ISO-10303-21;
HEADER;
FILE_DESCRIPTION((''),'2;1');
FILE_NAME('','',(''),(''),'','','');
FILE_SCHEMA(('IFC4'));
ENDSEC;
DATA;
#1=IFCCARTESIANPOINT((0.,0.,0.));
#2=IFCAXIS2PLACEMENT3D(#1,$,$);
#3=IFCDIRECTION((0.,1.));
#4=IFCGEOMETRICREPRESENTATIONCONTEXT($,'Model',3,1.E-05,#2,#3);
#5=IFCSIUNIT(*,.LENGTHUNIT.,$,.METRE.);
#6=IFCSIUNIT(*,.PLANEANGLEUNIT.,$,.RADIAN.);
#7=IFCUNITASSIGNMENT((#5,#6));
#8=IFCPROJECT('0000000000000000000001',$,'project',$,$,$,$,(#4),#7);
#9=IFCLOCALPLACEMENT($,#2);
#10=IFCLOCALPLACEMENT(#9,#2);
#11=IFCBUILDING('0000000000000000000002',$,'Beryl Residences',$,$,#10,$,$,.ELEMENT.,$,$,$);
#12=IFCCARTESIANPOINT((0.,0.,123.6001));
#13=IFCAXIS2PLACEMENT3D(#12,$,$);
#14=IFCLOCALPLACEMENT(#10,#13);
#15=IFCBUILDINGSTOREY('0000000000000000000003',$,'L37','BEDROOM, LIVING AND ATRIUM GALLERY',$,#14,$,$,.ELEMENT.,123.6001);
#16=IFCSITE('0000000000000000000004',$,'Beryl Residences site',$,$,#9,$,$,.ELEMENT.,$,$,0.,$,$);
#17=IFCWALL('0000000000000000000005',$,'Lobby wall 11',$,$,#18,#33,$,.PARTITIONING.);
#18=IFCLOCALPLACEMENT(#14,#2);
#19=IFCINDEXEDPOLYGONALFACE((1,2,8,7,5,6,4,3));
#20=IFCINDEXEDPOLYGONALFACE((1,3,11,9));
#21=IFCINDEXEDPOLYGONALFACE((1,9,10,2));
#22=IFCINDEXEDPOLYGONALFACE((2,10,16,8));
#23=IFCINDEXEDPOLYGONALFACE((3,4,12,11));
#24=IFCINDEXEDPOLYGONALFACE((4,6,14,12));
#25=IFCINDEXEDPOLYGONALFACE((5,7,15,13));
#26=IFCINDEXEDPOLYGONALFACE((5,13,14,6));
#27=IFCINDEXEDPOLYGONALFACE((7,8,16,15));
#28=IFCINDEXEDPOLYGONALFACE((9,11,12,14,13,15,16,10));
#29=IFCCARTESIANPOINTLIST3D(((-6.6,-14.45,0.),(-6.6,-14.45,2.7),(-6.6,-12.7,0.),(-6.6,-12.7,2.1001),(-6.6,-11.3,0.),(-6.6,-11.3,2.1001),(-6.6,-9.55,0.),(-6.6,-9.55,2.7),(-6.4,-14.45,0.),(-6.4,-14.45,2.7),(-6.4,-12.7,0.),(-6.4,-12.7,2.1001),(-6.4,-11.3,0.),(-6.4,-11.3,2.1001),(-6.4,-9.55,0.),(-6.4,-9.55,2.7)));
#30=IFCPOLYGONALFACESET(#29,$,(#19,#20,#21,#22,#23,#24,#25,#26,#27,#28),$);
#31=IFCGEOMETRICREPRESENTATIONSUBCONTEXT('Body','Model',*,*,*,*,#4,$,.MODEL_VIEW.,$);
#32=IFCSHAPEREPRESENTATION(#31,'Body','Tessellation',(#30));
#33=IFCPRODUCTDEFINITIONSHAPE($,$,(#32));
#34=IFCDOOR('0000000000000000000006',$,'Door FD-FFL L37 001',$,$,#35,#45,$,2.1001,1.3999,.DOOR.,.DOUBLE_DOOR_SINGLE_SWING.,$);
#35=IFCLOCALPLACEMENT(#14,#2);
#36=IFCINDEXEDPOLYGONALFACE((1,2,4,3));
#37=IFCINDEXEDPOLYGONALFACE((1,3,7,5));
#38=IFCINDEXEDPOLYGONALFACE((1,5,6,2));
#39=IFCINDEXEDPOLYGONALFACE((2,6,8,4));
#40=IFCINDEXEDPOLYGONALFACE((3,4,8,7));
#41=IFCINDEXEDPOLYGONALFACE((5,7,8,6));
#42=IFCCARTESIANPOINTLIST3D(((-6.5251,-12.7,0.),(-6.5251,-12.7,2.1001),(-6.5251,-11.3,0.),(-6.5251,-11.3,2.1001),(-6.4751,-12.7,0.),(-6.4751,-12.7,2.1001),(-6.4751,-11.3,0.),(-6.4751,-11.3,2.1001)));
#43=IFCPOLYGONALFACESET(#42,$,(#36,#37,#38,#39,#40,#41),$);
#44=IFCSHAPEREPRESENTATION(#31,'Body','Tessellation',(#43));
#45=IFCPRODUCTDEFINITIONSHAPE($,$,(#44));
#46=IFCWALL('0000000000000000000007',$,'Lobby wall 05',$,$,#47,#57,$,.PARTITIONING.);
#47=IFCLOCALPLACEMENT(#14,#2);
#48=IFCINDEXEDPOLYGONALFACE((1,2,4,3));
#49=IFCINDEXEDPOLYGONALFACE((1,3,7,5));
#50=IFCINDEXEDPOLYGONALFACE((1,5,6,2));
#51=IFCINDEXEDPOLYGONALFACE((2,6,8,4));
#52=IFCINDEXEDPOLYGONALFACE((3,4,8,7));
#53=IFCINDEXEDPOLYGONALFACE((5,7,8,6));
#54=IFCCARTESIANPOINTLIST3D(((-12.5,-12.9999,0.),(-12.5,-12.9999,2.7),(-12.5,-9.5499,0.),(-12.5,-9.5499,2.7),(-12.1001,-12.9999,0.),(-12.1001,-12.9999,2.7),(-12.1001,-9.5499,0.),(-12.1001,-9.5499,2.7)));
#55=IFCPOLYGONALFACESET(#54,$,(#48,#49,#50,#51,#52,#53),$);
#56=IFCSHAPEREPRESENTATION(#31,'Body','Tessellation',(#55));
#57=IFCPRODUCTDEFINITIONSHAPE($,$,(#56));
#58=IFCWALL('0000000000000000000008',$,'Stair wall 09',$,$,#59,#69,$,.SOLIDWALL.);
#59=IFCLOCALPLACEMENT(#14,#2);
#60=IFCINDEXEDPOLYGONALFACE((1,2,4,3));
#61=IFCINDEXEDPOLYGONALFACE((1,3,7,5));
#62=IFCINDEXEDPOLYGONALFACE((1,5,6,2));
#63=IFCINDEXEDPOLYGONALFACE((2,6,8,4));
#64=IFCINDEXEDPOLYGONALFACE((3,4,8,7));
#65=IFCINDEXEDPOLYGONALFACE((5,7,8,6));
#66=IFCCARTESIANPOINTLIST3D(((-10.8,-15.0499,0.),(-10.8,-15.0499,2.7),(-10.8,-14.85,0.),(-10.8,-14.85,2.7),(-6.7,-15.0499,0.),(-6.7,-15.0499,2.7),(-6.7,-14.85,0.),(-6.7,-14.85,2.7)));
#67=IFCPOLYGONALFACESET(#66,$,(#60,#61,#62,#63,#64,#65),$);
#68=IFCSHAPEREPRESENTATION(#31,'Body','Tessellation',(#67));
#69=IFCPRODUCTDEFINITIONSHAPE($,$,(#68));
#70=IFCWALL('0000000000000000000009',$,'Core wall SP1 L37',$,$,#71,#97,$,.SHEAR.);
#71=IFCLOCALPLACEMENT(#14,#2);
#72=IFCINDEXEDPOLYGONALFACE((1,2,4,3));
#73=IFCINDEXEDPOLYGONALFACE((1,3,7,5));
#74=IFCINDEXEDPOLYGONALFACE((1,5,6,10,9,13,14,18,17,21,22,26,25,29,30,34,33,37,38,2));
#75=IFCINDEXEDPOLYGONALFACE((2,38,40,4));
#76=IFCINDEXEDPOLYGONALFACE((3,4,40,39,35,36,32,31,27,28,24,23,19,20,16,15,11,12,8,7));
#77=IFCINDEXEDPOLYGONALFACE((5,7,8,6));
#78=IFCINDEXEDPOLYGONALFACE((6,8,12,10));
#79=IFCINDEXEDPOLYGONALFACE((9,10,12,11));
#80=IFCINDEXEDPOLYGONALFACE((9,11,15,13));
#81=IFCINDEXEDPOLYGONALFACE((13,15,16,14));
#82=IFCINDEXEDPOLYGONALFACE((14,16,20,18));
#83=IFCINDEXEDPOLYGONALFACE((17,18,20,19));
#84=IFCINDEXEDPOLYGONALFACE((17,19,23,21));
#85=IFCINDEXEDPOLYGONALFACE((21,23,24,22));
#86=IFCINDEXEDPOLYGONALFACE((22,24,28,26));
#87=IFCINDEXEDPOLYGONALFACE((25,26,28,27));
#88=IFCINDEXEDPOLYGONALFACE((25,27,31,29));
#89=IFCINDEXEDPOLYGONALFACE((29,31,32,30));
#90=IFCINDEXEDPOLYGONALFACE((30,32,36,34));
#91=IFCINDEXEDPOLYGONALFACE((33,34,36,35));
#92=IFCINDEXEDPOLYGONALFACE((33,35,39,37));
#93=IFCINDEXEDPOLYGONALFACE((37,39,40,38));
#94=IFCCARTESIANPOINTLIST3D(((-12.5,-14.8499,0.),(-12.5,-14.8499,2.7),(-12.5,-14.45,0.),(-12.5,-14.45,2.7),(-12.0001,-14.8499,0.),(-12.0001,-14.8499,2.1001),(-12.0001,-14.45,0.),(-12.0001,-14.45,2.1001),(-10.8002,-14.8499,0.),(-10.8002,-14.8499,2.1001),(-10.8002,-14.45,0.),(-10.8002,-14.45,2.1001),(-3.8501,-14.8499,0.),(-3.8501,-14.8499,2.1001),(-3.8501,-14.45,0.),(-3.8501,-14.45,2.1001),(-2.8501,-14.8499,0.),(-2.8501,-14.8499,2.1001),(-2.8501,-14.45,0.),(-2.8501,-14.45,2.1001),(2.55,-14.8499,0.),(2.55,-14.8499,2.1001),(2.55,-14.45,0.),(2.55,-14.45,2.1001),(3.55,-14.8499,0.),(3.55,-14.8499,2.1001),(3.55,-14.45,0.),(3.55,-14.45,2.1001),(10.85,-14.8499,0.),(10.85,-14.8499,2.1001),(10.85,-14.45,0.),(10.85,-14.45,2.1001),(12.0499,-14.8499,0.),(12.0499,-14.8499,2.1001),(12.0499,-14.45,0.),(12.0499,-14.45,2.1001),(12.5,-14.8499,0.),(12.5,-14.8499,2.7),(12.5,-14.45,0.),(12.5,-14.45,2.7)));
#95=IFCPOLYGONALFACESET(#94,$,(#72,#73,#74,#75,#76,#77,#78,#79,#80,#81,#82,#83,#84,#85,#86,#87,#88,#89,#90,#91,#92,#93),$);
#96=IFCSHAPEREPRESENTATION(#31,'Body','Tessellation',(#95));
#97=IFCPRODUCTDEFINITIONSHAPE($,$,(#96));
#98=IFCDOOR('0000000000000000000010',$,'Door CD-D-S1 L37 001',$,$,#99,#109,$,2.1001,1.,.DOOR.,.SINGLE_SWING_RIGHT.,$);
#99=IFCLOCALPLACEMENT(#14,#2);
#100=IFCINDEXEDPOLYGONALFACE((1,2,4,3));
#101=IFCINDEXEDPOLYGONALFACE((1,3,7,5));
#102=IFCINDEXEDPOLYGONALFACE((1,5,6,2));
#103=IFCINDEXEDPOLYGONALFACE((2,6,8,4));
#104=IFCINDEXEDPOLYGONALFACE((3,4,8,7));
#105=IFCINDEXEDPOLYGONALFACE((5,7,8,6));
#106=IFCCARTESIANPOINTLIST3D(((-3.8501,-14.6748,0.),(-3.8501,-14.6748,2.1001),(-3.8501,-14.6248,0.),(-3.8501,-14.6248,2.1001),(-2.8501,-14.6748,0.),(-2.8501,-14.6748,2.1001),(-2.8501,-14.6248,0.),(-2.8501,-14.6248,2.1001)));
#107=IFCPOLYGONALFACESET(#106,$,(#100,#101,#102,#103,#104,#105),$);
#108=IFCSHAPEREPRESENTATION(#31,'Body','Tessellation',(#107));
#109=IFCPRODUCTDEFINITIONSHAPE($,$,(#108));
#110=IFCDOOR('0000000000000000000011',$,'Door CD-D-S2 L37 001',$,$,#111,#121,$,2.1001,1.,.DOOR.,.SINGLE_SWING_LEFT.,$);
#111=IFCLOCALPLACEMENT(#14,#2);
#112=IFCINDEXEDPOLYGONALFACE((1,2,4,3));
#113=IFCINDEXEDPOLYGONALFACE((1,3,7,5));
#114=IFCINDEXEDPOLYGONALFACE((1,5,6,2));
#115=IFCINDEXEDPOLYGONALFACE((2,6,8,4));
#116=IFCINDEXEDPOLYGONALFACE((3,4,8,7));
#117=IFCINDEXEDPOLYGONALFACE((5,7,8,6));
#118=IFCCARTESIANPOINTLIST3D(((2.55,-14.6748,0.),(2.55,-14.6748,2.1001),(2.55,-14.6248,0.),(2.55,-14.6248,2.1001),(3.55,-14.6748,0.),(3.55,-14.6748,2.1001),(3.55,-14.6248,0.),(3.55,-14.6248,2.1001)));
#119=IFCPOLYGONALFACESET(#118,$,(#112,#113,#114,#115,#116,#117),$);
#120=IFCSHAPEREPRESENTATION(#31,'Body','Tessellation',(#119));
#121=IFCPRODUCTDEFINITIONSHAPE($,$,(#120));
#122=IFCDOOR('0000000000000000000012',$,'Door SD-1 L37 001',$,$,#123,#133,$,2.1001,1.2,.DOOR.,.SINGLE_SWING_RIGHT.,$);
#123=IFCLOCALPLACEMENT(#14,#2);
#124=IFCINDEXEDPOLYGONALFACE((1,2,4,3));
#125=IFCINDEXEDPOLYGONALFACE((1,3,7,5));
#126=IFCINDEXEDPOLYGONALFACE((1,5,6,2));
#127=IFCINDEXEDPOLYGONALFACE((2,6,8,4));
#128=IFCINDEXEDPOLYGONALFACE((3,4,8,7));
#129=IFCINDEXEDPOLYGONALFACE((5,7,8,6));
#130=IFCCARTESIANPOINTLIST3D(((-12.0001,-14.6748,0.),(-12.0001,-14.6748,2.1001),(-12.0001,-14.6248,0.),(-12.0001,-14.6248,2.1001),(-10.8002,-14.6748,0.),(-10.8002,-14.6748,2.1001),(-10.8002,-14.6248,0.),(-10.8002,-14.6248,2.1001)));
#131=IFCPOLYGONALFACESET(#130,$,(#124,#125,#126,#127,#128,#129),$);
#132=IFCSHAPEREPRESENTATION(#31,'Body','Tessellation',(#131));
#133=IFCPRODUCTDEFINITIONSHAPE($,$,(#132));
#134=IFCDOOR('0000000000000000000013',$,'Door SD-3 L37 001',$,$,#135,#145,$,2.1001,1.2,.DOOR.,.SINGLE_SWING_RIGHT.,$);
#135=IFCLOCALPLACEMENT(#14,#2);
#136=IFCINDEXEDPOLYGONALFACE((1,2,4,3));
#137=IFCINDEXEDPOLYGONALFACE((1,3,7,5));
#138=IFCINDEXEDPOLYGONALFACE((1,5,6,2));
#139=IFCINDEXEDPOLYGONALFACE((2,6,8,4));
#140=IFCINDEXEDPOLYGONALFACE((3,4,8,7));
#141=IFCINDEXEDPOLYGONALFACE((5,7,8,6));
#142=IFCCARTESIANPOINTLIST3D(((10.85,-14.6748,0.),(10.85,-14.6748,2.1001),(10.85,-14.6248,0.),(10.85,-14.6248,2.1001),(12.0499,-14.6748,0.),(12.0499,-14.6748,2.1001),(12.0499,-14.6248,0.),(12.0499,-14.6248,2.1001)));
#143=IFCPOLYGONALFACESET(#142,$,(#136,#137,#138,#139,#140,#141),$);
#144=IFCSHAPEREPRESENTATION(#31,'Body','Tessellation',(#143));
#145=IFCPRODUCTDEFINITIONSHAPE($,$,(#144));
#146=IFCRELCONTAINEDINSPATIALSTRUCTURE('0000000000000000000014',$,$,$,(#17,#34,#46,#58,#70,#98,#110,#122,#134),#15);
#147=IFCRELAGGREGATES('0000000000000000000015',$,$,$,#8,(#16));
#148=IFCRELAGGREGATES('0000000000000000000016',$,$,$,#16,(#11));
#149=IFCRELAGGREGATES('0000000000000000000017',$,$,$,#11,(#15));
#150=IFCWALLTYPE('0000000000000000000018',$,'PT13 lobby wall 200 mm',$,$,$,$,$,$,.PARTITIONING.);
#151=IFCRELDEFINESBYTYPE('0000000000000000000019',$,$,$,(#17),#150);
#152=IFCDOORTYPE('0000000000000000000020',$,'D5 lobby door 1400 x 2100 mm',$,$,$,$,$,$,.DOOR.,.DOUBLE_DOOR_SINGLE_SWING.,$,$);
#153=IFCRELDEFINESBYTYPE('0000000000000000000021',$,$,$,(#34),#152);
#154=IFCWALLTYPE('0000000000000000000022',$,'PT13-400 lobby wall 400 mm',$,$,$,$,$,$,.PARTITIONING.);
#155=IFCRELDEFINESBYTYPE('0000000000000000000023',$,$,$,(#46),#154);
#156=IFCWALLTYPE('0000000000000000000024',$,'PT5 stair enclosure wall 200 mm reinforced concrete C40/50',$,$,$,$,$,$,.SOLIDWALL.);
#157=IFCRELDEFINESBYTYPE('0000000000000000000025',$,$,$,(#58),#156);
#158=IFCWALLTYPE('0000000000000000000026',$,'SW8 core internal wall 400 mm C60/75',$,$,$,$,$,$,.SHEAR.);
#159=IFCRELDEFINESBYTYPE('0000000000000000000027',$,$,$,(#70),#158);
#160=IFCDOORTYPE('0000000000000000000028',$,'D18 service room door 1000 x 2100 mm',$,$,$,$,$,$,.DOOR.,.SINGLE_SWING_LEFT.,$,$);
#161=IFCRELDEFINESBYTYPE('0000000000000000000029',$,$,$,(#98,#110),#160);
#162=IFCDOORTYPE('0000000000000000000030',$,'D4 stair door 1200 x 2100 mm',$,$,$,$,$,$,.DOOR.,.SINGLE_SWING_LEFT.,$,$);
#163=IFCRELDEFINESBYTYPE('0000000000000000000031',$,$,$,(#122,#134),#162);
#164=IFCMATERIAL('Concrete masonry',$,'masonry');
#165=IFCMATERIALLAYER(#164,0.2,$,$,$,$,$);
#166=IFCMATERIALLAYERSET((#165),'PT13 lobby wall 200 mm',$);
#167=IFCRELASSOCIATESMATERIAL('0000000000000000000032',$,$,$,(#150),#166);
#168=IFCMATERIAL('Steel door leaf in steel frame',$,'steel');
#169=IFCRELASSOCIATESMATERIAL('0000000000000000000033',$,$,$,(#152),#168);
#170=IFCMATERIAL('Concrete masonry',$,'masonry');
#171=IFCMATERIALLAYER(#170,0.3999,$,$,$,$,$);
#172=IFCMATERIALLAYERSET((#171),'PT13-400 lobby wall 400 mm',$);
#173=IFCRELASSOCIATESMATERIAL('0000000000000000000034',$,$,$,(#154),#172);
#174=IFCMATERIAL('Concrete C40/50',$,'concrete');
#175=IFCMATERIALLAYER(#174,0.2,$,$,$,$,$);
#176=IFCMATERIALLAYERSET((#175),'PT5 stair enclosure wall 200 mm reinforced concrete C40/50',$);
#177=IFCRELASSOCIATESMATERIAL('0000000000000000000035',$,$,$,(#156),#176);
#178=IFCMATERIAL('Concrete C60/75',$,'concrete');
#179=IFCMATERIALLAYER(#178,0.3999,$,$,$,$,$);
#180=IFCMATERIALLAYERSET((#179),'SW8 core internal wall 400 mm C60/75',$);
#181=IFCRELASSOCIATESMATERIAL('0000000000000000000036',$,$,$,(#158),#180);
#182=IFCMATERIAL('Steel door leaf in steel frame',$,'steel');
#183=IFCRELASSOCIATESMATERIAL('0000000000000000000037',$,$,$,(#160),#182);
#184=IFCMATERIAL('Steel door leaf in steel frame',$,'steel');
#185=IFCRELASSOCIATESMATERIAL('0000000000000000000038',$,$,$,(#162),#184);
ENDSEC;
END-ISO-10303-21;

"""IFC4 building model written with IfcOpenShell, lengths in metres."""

from ifc_helpers import new_model, si_unit, direction, frame, frame_2d, origin, place, context, subcontext, project, spatial, rectangle, extrude, material, layer, layer_set, type_object, element, fill, save


model = new_model("IFC4")

# Units and contexts
model_context = context("Model", 3, precision=1e-05, world=origin(), true_north=direction((0.0, 1.0)))
body_context = subcontext(model_context, "Body", "Model", "MODEL_VIEW")
ifc_project = project(units=[si_unit("LENGTHUNIT", "METRE"), si_unit("PLANEANGLEUNIT", "RADIAN")], contexts=[model_context])

# Site, building, storey
site_placement = place(None, origin())
site = spatial("IfcSite", under=ifc_project, at=site_placement, Name="Beryl Residences site", CompositionType="ELEMENT", RefElevation=0.0)
building_placement = place(site_placement, origin())
building = spatial("IfcBuilding", under=site, at=building_placement, Name="Beryl Residences", CompositionType="ELEMENT")
storey_placement = place(building_placement, frame((0.0, 0.0, 123.6001)))
storey = spatial("IfcBuildingStorey", under=building, at=storey_placement, Name="L37", Description="BEDROOM, LIVING AND ATRIUM GALLERY", CompositionType="ELEMENT", Elevation=123.6001)

# Wall, opening, door
ifc_material_1 = material(Name="Concrete masonry", Category="masonry")
ifc_layer_1 = layer(ifc_material_1, 0.2)
ifc_layer_set_1 = layer_set([ifc_layer_1], Name="PT13 lobby wall 200 mm")
wall_type_1 = type_object("IfcWallType", Name="PT13 lobby wall 200 mm", PredefinedType="PARTITIONING", material=ifc_layer_set_1)
wall_1_placement = place(storey_placement, frame((-6.5, -14.45, 0.0), z_axis=(0.0, 0.0, 1.0), x_axis=(0.0, 1.0, 0.0)))
wall_1 = element("IfcWall", 1, at=wall_1_placement, inside=storey, type_object=wall_type_1, Name="Lobby wall 11", PredefinedType="PARTITIONING", context=body_context, shape_type="SweptSolid", body=[
    extrude(rectangle(XDim=4.8999, YDim=0.2, at=frame_2d((2.45, 0.0))), origin(), (0.0, 0.0, 1.0), 2.7),
])
opening_1_placement = place(wall_1_placement, frame((3.1499, 0.0, 0.0), z_axis=(0.0, 0.0, 1.0), x_axis=(-1.0, 0.0, 0.0)))
opening_1 = element("IfcOpeningElement", 2, at=opening_1_placement, cuts=wall_1, PredefinedType="OPENING", context=body_context, shape_type="SweptSolid", body=[
    extrude(rectangle(XDim=1.3999, YDim=2.1001, at=frame_2d((0.7, 1.05))), frame((0.0, 0.1099, 0.0), z_axis=(0.0, -1.0, 0.0), x_axis=(1.0, 0.0, 0.0)), (0.0, 0.0, 1.0), 0.22),
])
ifc_material_2 = material(Name="Steel door leaf in steel frame", Category="steel")
door_type_1 = type_object("IfcDoorType", Name="D5 lobby door 1400 x 2100 mm", OperationType="DOUBLE_DOOR_SINGLE_SWING", PredefinedType="DOOR", material=ifc_material_2)
door_1_placement = place(opening_1_placement, origin())
door_1 = element("IfcDoor", 3, at=door_1_placement, inside=storey, type_object=door_type_1, Name="Door FD-FFL L37 001", OperationType="DOUBLE_DOOR_SINGLE_SWING", OverallHeight=2.1001, OverallWidth=1.3999, PredefinedType="DOOR", context=body_context, shape_type="SweptSolid", body=[
    extrude(rectangle(XDim=1.3999, YDim=2.1001, at=frame_2d((0.7, 1.05))), frame((0.0, 0.0249, 0.0), z_axis=(0.0, -1.0, 0.0), x_axis=(1.0, 0.0, 0.0)), (0.0, 0.0, 1.0), 0.05),
])
fill(opening_1, door_1)

# Walls
ifc_material_3 = material(Name="Concrete masonry", Category="masonry")
ifc_layer_2 = layer(ifc_material_3, 0.3999)
ifc_layer_set_2 = layer_set([ifc_layer_2], Name="PT13-400 lobby wall 400 mm")
wall_type_2 = type_object("IfcWallType", Name="PT13-400 lobby wall 400 mm", PredefinedType="PARTITIONING", material=ifc_layer_set_2)
wall_2_placement = place(storey_placement, frame((-12.3, -13.0, 0.0), z_axis=(0.0, 0.0, 1.0), x_axis=(0.0, 1.0, 0.0)))
element("IfcWall", 4, at=wall_2_placement, inside=storey, type_object=wall_type_2, Name="Lobby wall 05", PredefinedType="PARTITIONING", context=body_context, shape_type="SweptSolid", body=[
    extrude(rectangle(XDim=3.45, YDim=0.3999, at=frame_2d((1.7251, 0.0))), origin(), (0.0, 0.0, 1.0), 2.7),
])
ifc_material_4 = material(Name="Concrete C40/50", Category="concrete")
ifc_layer_3 = layer(ifc_material_4, 0.2)
ifc_layer_set_3 = layer_set([ifc_layer_3], Name="PT5 stair enclosure wall 200 mm reinforced concrete C40/50")
wall_type_3 = type_object("IfcWallType", Name="PT5 stair enclosure wall 200 mm reinforced concrete C40/50", PredefinedType="SOLIDWALL", material=ifc_layer_set_3)
wall_3_placement = place(storey_placement, frame((-10.8, -14.95, 0.0), z_axis=(0.0, 0.0, 1.0), x_axis=(1.0, 0.0, 0.0)))
element("IfcWall", 5, at=wall_3_placement, inside=storey, type_object=wall_type_3, Name="Stair wall 09", PredefinedType="SOLIDWALL", context=body_context, shape_type="SweptSolid", body=[
    extrude(rectangle(XDim=4.1001, YDim=0.2, at=frame_2d((2.05, 0.0))), origin(), (0.0, 0.0, 1.0), 2.7),
])

# Wall, openings, doors
ifc_material_5 = material(Name="Concrete C60/75", Category="concrete")
ifc_layer_4 = layer(ifc_material_5, 0.3999)
ifc_layer_set_4 = layer_set([ifc_layer_4], Name="SW8 core internal wall 400 mm C60/75")
wall_type_4 = type_object("IfcWallType", Name="SW8 core internal wall 400 mm C60/75", PredefinedType="SHEAR", material=ifc_layer_set_4)
wall_4_placement = place(storey_placement, frame((-12.5, -14.6499, 0.0), z_axis=(0.0, 0.0, 1.0), x_axis=(1.0, 0.0, 0.0)))
wall_4 = element("IfcWall", 6, at=wall_4_placement, inside=storey, type_object=wall_type_4, Name="Core wall SP1 L37", PredefinedType="SHEAR", context=body_context, shape_type="SweptSolid", body=[
    extrude(rectangle(XDim=25.0, YDim=0.3999, at=frame_2d((12.5, 0.0))), origin(), (0.0, 0.0, 1.0), 2.7),
])
opening_2_placement = place(wall_4_placement, frame((1.7, 0.0, 0.0), z_axis=(0.0, 0.0, 1.0), x_axis=(-1.0, 0.0, 0.0)))
opening_2 = element("IfcOpeningElement", 7, at=opening_2_placement, cuts=wall_4, PredefinedType="OPENING", context=body_context, shape_type="SweptSolid", body=[
    extrude(rectangle(XDim=1.2, YDim=2.1001, at=frame_2d((0.6001, 1.05))), frame((0.0, 0.21, 0.0), z_axis=(0.0, -1.0, 0.0), x_axis=(1.0, 0.0, 0.0)), (0.0, 0.0, 1.0), 0.4199),
])
opening_3_placement = place(wall_4_placement, frame((24.55, 0.0, 0.0), z_axis=(0.0, 0.0, 1.0), x_axis=(-1.0, 0.0, 0.0)))
opening_3 = element("IfcOpeningElement", 8, at=opening_3_placement, cuts=wall_4, PredefinedType="OPENING", context=body_context, shape_type="SweptSolid", body=[
    extrude(rectangle(XDim=1.2, YDim=2.1001, at=frame_2d((0.6001, 1.05))), frame((0.0, 0.21, 0.0), z_axis=(0.0, -1.0, 0.0), x_axis=(1.0, 0.0, 0.0)), (0.0, 0.0, 1.0), 0.4199),
])
opening_4_placement = place(wall_4_placement, frame((9.6499, 0.0, 0.0), z_axis=(0.0, 0.0, 1.0), x_axis=(-1.0, 0.0, 0.0)))
opening_4 = element("IfcOpeningElement", 9, at=opening_4_placement, cuts=wall_4, PredefinedType="OPENING", context=body_context, shape_type="SweptSolid", body=[
    extrude(rectangle(XDim=1.0, YDim=2.1001, at=frame_2d((0.5, 1.05))), frame((0.0, 0.21, 0.0), z_axis=(0.0, -1.0, 0.0), x_axis=(1.0, 0.0, 0.0)), (0.0, 0.0, 1.0), 0.4199),
])
opening_5_placement = place(wall_4_placement, frame((16.05, 0.0, 0.0), z_axis=(0.0, 0.0, 1.0), x_axis=(-1.0, 0.0, 0.0)))
opening_5 = element("IfcOpeningElement", 10, at=opening_5_placement, cuts=wall_4, PredefinedType="OPENING", context=body_context, shape_type="SweptSolid", body=[
    extrude(rectangle(XDim=1.0, YDim=2.1001, at=frame_2d((0.5, 1.05))), frame((0.0, 0.21, 0.0), z_axis=(0.0, -1.0, 0.0), x_axis=(1.0, 0.0, 0.0)), (0.0, 0.0, 1.0), 0.4199),
])
ifc_material_6 = material(Name="Steel door leaf in steel frame", Category="steel")
door_type_2 = type_object("IfcDoorType", Name="D18 service room door 1000 x 2100 mm", OperationType="SINGLE_SWING_LEFT", PredefinedType="DOOR", material=ifc_material_6)
door_2_placement = place(opening_4_placement, origin())
door_2 = element("IfcDoor", 11, at=door_2_placement, inside=storey, type_object=door_type_2, Name="Door CD-D-S1 L37 001", OperationType="SINGLE_SWING_RIGHT", OverallHeight=2.1001, OverallWidth=1.0, PredefinedType="DOOR", context=body_context, shape_type="SweptSolid", body=[
    extrude(rectangle(XDim=1.0, YDim=2.1001, at=frame_2d((0.5, 1.05))), frame((0.0, 0.0249, 0.0), z_axis=(0.0, -1.0, 0.0), x_axis=(1.0, 0.0, 0.0)), (0.0, 0.0, 1.0), 0.05),
])
fill(opening_4, door_2)
door_3_placement = place(opening_5_placement, origin())
door_3 = element("IfcDoor", 12, at=door_3_placement, inside=storey, type_object=door_type_2, Name="Door CD-D-S2 L37 001", OperationType="SINGLE_SWING_LEFT", OverallHeight=2.1001, OverallWidth=1.0, PredefinedType="DOOR", context=body_context, shape_type="SweptSolid", body=[
    extrude(rectangle(XDim=1.0, YDim=2.1001, at=frame_2d((0.5, 1.05))), frame((0.0, 0.0249, 0.0), z_axis=(0.0, -1.0, 0.0), x_axis=(1.0, 0.0, 0.0)), (0.0, 0.0, 1.0), 0.05),
])
fill(opening_5, door_3)
ifc_material_7 = material(Name="Steel door leaf in steel frame", Category="steel")
door_type_3 = type_object("IfcDoorType", Name="D4 stair door 1200 x 2100 mm", OperationType="SINGLE_SWING_LEFT", PredefinedType="DOOR", material=ifc_material_7)
door_4_placement = place(opening_2_placement, origin())
door_4 = element("IfcDoor", 13, at=door_4_placement, inside=storey, type_object=door_type_3, Name="Door SD-1 L37 001", OperationType="SINGLE_SWING_RIGHT", OverallHeight=2.1001, OverallWidth=1.2, PredefinedType="DOOR", context=body_context, shape_type="SweptSolid", body=[
    extrude(rectangle(XDim=1.2, YDim=2.1001, at=frame_2d((0.6001, 1.05))), frame((0.0, 0.0249, 0.0), z_axis=(0.0, -1.0, 0.0), x_axis=(1.0, 0.0, 0.0)), (0.0, 0.0, 1.0), 0.05),
])
fill(opening_2, door_4)
door_5_placement = place(opening_3_placement, origin())
door_5 = element("IfcDoor", 14, at=door_5_placement, inside=storey, type_object=door_type_3, Name="Door SD-3 L37 001", OperationType="SINGLE_SWING_RIGHT", OverallHeight=2.1001, OverallWidth=1.2, PredefinedType="DOOR", context=body_context, shape_type="SweptSolid", body=[
    extrude(rectangle(XDim=1.2, YDim=2.1001, at=frame_2d((0.6001, 1.05))), frame((0.0, 0.0249, 0.0), z_axis=(0.0, -1.0, 0.0), x_axis=(1.0, 0.0, 0.0)), (0.0, 0.0, 1.0), 0.05),
])
fill(opening_3, door_5)

save(model, "model.ifc")
